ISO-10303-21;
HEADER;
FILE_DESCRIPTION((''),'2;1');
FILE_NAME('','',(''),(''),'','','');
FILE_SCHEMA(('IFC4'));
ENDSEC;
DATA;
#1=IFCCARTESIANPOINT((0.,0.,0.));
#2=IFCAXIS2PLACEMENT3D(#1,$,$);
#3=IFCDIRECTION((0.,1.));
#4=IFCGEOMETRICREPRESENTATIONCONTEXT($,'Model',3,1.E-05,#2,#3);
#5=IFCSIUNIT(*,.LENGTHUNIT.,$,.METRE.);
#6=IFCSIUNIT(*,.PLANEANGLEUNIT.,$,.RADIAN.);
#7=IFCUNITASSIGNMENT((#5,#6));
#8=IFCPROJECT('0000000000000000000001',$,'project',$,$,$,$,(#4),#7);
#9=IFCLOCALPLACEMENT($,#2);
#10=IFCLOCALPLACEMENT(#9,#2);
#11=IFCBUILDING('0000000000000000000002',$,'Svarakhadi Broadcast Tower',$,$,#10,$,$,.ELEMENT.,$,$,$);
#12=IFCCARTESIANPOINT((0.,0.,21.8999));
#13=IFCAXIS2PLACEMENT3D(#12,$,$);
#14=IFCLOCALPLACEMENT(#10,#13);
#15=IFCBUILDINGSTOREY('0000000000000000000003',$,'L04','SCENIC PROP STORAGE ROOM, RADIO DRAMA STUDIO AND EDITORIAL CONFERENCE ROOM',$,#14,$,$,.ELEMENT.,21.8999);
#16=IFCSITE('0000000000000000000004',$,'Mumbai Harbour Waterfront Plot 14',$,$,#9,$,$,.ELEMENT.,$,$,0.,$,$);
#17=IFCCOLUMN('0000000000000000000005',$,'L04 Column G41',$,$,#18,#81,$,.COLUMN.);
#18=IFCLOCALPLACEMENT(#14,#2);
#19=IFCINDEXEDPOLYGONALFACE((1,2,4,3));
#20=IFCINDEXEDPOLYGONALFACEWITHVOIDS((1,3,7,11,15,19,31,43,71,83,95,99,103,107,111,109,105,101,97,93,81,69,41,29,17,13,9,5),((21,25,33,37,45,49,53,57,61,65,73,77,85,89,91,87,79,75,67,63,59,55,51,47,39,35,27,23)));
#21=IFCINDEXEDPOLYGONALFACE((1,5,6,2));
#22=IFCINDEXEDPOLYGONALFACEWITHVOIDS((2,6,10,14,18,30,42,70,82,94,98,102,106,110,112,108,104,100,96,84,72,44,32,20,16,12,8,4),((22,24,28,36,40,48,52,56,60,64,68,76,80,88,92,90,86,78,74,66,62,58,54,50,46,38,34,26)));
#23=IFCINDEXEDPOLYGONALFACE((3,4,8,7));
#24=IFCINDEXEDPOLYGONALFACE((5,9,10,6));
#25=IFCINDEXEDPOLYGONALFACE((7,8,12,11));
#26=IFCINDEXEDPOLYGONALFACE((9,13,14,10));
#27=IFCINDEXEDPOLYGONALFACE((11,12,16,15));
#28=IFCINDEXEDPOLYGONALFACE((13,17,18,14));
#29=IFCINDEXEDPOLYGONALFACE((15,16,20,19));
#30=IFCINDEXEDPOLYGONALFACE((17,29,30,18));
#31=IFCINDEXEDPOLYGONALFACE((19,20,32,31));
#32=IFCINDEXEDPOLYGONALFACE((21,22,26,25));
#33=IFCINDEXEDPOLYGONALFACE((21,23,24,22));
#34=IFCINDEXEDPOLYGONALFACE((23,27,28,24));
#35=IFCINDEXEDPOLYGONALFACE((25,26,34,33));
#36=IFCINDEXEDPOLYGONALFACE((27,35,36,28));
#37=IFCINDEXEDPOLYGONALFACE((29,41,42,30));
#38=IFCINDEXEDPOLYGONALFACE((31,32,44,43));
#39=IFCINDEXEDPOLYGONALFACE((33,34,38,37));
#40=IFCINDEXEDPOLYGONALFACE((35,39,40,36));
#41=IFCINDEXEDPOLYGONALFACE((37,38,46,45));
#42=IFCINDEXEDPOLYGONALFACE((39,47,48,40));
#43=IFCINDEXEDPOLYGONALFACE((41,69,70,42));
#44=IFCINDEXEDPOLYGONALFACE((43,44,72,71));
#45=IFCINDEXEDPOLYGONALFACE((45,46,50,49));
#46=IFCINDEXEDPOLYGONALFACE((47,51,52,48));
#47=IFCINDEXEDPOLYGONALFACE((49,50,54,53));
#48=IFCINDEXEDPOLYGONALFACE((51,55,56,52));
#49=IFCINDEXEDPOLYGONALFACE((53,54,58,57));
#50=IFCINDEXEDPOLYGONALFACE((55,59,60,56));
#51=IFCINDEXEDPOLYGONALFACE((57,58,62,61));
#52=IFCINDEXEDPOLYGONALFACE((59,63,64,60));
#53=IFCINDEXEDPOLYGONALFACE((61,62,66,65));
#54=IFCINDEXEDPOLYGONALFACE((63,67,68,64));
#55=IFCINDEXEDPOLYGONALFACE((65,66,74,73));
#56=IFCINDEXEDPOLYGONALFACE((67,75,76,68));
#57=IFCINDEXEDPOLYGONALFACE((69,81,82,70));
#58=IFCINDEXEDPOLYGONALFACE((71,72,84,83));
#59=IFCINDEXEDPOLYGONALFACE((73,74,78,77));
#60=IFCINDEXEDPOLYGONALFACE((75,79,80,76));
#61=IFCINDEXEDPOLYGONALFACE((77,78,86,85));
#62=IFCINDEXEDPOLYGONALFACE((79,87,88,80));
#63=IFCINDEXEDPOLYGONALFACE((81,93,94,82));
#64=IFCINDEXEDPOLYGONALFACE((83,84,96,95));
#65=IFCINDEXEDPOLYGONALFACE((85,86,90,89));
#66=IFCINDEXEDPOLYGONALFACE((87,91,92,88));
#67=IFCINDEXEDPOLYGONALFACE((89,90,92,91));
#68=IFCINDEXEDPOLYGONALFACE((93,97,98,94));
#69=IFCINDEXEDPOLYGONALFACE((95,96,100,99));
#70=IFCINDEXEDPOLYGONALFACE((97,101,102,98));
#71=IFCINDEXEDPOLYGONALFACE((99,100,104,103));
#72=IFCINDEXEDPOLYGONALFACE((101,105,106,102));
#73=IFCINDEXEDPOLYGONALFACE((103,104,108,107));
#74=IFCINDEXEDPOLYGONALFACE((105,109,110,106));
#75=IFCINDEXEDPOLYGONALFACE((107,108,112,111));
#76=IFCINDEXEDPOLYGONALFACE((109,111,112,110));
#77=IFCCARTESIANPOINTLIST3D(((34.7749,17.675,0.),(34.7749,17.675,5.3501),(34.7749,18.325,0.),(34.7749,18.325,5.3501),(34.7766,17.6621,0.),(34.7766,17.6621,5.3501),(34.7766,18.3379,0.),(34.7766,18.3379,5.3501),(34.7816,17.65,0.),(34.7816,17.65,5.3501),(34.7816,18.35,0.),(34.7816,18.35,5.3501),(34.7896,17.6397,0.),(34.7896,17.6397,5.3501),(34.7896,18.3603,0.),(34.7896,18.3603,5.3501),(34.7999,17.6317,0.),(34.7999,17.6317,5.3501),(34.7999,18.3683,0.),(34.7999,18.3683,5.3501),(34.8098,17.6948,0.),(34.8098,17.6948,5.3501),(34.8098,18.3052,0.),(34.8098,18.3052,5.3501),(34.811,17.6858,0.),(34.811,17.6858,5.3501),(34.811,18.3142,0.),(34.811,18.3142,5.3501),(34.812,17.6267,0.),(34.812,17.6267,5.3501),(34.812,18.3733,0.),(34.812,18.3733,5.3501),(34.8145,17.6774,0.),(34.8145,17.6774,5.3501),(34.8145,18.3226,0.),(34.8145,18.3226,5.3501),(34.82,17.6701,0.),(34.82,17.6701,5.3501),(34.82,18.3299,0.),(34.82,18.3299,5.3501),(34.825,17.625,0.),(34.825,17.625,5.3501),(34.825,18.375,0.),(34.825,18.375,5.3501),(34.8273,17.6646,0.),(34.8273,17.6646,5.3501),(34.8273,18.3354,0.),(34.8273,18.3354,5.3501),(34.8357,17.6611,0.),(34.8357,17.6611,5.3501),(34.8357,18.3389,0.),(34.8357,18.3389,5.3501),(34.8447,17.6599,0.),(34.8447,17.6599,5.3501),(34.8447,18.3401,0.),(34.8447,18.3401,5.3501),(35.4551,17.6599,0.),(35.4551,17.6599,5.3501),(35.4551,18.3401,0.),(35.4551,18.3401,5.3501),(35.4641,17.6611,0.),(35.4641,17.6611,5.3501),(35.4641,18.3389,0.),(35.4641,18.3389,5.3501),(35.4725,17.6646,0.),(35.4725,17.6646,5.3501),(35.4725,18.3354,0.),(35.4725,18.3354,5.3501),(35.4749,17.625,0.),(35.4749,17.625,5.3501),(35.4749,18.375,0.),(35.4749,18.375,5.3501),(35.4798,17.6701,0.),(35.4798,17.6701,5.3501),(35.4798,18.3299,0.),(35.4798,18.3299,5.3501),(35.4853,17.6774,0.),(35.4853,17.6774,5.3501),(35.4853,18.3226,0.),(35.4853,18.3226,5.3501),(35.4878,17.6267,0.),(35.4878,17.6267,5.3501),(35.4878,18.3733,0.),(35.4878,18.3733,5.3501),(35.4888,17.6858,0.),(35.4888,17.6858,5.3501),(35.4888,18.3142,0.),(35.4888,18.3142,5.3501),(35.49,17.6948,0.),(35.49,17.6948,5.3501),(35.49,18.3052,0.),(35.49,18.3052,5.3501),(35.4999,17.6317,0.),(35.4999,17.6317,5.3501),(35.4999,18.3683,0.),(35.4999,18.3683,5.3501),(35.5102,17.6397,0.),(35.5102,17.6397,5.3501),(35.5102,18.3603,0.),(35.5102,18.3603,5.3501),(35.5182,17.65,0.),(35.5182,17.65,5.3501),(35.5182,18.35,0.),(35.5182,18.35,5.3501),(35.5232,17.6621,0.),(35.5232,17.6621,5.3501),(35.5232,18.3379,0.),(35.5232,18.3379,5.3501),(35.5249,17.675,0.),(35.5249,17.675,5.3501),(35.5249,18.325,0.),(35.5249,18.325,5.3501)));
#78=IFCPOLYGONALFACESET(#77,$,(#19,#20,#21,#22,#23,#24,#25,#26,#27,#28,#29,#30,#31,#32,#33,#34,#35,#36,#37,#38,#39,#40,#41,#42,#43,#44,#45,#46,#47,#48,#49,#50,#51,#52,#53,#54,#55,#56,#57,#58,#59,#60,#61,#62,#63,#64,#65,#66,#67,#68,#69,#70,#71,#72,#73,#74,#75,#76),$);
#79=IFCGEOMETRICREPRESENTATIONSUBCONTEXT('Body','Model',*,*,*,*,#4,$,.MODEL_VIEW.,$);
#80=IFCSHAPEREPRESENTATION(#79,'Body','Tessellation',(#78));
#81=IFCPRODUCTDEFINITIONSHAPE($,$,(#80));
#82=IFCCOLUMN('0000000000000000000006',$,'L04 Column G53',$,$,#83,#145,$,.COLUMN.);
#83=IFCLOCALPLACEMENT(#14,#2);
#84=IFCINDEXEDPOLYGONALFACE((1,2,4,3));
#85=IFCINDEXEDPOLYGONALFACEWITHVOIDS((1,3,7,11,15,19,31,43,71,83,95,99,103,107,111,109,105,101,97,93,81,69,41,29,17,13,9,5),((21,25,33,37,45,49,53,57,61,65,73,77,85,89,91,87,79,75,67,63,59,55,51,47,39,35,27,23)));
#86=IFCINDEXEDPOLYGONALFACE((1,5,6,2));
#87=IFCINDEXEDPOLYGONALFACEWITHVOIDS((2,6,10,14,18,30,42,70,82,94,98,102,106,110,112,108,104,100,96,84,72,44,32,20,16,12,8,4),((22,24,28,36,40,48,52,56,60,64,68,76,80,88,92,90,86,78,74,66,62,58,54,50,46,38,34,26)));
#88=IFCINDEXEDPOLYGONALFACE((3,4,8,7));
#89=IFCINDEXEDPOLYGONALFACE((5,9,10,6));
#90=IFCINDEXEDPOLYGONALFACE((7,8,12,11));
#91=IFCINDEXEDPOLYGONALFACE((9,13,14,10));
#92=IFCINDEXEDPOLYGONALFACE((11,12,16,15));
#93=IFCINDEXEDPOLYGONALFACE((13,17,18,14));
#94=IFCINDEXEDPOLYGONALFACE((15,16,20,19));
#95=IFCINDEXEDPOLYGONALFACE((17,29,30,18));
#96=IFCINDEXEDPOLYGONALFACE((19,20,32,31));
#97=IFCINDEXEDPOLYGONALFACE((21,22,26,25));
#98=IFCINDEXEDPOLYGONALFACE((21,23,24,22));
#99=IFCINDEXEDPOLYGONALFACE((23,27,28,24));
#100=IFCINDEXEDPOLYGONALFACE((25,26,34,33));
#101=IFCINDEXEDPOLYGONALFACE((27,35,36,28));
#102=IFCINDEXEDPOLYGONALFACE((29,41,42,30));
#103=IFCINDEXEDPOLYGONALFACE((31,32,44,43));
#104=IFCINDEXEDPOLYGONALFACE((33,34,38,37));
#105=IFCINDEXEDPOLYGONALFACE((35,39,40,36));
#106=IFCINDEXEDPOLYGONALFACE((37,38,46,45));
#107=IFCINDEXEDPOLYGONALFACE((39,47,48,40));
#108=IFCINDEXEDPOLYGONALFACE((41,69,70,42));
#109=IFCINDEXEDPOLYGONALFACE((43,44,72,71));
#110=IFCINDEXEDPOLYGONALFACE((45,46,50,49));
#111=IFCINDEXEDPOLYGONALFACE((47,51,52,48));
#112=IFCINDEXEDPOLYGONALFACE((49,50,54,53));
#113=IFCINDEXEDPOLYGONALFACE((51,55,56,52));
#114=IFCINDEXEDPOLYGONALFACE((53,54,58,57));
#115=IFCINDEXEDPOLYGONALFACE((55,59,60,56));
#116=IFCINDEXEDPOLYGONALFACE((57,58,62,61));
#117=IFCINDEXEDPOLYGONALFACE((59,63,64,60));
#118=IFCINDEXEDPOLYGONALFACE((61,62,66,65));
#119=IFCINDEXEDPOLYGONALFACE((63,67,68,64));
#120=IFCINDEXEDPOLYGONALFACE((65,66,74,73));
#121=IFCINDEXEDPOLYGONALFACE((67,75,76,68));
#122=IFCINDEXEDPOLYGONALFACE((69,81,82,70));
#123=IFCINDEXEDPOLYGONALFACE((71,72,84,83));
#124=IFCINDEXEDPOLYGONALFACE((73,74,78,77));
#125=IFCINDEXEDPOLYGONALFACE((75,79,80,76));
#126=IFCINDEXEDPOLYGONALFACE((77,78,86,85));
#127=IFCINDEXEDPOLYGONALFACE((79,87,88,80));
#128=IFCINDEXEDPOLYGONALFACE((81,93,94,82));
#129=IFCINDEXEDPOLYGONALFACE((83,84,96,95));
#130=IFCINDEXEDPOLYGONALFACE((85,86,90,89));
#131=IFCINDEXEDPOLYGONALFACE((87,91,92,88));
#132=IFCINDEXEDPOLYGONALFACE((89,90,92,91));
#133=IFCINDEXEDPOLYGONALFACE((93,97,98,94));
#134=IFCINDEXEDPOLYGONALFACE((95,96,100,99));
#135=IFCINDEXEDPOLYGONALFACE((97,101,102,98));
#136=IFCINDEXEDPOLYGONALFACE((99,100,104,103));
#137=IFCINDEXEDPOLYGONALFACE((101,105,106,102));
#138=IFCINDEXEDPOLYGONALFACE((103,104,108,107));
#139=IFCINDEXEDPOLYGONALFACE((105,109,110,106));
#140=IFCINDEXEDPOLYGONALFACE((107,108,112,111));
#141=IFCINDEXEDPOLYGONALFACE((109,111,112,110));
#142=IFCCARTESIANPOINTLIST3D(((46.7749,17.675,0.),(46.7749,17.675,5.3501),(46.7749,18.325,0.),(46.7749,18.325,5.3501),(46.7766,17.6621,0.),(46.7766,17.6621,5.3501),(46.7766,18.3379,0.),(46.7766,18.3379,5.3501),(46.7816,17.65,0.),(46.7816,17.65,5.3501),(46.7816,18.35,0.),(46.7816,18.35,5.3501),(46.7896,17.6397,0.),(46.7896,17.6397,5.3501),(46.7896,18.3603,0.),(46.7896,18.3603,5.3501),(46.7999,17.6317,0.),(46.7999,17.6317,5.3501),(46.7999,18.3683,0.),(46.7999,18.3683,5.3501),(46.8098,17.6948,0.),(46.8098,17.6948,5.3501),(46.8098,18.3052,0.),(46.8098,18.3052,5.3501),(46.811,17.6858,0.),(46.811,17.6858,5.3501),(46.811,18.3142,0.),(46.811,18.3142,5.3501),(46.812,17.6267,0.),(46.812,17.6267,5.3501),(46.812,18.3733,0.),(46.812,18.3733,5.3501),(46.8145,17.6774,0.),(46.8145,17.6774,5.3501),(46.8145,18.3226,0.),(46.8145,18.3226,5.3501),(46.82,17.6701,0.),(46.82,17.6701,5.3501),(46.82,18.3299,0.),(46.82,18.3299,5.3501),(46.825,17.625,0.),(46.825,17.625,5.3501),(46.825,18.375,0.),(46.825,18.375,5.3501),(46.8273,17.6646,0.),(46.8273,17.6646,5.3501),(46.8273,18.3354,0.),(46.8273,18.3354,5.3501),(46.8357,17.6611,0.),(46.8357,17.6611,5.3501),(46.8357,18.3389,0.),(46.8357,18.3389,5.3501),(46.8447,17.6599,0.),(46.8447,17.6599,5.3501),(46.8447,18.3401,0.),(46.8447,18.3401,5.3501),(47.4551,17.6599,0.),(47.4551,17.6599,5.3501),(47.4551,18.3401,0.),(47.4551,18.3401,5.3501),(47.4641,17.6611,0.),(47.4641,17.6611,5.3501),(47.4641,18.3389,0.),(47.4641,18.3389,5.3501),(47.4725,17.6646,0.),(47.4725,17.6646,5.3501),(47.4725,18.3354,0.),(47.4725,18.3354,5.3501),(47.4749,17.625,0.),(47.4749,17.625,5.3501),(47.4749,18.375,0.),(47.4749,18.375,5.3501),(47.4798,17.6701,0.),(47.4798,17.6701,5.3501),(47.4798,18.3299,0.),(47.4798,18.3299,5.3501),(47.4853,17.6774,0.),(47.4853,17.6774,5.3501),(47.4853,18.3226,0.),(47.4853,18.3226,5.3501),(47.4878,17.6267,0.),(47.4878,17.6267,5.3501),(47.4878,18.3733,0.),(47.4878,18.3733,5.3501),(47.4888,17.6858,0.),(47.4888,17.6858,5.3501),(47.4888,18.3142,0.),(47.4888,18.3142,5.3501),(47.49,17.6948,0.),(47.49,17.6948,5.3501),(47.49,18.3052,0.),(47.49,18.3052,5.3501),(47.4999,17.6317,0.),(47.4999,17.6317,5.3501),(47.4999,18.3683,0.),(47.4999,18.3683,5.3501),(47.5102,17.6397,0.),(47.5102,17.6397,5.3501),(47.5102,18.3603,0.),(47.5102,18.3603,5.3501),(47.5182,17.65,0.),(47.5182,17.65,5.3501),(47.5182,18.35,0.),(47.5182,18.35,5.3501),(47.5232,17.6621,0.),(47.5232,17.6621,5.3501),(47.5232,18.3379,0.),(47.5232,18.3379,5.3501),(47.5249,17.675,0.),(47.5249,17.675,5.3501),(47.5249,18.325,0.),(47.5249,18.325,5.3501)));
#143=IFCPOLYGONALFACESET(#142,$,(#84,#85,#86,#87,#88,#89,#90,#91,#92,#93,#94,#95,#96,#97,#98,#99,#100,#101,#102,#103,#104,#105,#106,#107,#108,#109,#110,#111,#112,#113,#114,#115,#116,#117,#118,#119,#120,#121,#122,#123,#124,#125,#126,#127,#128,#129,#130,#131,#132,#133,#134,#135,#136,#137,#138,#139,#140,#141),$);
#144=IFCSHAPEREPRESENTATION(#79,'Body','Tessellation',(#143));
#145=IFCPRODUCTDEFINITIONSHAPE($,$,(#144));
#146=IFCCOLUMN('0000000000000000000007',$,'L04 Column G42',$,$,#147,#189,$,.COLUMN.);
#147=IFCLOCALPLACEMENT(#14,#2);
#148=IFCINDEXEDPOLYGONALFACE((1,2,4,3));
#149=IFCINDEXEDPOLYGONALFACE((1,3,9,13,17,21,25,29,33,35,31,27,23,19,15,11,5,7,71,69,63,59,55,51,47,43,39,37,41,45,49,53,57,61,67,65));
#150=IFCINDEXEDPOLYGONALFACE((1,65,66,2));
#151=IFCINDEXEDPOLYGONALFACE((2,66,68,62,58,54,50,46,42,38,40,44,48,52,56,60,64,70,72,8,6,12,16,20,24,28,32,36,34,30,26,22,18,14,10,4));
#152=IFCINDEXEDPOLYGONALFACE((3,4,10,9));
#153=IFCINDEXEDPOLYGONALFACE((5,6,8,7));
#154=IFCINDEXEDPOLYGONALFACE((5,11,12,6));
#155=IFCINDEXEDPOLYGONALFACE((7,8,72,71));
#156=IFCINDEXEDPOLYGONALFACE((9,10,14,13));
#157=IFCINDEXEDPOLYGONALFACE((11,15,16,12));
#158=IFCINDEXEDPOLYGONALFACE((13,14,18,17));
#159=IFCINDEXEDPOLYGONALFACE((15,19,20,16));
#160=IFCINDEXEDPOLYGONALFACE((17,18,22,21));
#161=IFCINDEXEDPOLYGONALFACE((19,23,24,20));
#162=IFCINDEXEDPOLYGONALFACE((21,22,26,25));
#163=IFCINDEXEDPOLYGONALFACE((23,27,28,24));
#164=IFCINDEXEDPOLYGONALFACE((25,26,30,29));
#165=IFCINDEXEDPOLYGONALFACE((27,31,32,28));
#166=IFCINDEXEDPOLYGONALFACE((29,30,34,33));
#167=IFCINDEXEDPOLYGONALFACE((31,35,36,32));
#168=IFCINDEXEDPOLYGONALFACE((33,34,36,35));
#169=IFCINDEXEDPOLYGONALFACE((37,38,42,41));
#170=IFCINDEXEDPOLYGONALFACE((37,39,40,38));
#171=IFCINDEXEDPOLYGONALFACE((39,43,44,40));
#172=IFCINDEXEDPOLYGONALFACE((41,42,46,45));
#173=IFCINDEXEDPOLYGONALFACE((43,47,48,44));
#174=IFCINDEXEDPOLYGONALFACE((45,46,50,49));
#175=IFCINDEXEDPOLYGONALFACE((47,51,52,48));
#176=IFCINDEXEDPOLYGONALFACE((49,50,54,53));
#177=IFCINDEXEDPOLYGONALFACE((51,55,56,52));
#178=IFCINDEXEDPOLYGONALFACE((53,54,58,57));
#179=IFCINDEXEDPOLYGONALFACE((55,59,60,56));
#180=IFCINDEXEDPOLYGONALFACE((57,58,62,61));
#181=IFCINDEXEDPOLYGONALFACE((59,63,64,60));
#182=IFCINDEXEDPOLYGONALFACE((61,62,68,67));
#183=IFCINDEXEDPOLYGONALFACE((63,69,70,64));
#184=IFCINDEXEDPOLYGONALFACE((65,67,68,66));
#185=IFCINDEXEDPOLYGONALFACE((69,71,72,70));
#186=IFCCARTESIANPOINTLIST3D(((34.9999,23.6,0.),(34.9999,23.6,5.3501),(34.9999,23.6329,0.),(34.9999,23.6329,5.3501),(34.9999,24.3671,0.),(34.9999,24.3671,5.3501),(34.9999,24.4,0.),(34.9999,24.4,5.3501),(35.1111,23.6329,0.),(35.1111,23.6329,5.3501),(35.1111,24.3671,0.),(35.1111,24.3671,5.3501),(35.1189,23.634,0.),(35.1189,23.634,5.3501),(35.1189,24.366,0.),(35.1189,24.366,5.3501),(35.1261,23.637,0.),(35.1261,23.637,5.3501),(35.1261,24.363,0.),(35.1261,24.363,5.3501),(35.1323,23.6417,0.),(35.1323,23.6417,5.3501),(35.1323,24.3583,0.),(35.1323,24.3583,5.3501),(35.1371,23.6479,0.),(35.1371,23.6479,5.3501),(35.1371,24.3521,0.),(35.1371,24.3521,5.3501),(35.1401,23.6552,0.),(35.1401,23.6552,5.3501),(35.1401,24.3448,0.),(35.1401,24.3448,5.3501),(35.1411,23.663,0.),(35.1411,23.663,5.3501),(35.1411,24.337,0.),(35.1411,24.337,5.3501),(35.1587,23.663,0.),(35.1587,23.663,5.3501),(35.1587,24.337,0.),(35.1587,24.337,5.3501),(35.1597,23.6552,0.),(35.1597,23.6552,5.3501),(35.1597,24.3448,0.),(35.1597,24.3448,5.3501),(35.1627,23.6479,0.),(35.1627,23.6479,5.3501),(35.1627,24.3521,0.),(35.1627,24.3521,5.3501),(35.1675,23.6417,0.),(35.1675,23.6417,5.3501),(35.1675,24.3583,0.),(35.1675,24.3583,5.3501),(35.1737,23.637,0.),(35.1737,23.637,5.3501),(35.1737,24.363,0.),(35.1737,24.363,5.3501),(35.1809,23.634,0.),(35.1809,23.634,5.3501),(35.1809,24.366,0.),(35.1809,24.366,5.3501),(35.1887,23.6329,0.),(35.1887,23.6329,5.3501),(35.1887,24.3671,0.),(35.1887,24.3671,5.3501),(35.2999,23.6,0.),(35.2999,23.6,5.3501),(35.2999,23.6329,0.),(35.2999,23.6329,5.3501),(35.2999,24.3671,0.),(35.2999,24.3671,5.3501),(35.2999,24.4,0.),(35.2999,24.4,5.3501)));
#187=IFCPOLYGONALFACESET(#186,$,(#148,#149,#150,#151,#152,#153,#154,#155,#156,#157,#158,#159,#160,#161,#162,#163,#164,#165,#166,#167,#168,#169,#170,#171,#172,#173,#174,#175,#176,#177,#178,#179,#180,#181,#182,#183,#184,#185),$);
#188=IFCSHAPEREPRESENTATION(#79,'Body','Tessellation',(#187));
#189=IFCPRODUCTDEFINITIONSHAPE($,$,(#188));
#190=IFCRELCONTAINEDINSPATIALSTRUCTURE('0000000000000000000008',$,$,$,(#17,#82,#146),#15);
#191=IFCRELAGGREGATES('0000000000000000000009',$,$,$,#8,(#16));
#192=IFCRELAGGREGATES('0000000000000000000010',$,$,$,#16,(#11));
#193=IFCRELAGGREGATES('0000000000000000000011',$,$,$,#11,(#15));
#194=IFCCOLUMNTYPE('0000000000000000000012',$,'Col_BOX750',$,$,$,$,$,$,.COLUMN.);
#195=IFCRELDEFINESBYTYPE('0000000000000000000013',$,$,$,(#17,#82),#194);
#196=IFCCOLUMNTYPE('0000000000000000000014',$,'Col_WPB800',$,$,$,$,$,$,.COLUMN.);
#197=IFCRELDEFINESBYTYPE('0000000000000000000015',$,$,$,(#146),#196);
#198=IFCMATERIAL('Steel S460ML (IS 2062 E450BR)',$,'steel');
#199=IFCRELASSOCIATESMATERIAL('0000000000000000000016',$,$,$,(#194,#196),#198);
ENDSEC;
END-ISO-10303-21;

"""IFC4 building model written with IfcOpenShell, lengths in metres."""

from ifc_helpers import new_model, si_unit, direction, frame, origin, origin_2d, place, context, subcontext, project, spatial, hollow_rectangle, i_section, extrude, material, material_profile, profile_set, type_object, element, save


model = new_model("IFC4")

# Units and contexts
model_context = context("Model", 3, precision=1e-05, world=origin(), true_north=direction((0.0, 1.0)))
body_context = subcontext(model_context, "Body", "Model", "MODEL_VIEW")
ifc_project = project(units=[si_unit("LENGTHUNIT", "METRE"), si_unit("PLANEANGLEUNIT", "RADIAN")], contexts=[model_context])

# Site, building, storey
site_placement = place(None, origin())
site = spatial("IfcSite", under=ifc_project, at=site_placement, Name="Mumbai Harbour Waterfront Plot 14", CompositionType="ELEMENT", RefElevation=0.0)
building_placement = place(site_placement, origin())
building = spatial("IfcBuilding", under=site, at=building_placement, Name="Svarakhadi Broadcast Tower", CompositionType="ELEMENT")
storey_placement = place(building_placement, frame((0.0, 0.0, 21.8999)))
storey = spatial("IfcBuildingStorey", under=building, at=storey_placement, Name="L04", Description="SCENIC PROP STORAGE ROOM, RADIO DRAMA STUDIO AND EDITORIAL CONFERENCE ROOM", CompositionType="ELEMENT", Elevation=21.8999)

# Columns
ifc_material_1 = material(Name="Steel S460ML (IS 2062 E450BR)", Category="steel")
ifc_material_profile_1 = material_profile(ifc_material_1, hollow_rectangle(XDim=0.75, YDim=0.75, WallThickness=0.0349, InnerFilletRadius=0.0349, OuterFilletRadius=0.05, at=origin_2d()), Name="BOX 750x750x35")
ifc_profile_set_1 = profile_set([ifc_material_profile_1], Name="Steel S460ML (IS 2062 E450BR)")
column_type_1 = type_object("IfcColumnType", Name="Col_BOX750", PredefinedType="COLUMN", material=ifc_profile_set_1)
for number, where, z_axis, x_axis, name in (
    (1, (35.1499, 18.0, 0.0), (0.0, 0.0, 1.0), (1.0, 0.0, 0.0), "L04 Column G41"),
    (2, (47.1499, 18.0, 0.0), (0.0, 0.0, 1.0), (1.0, 0.0, 0.0), "L04 Column G53"),
):
    element("IfcColumn", number, at=place(storey_placement, frame(where, z_axis=z_axis, x_axis=x_axis)), inside=storey, type_object=column_type_1, Name=name, PredefinedType="COLUMN", context=body_context, shape_type="SweptSolid", body=[
        extrude(hollow_rectangle(XDim=0.75, YDim=0.75, WallThickness=0.0349, InnerFilletRadius=0.0349, OuterFilletRadius=0.05, at=origin_2d()), origin(), (0.0, 0.0, 1.0), 5.3501),
    ])
ifc_material_profile_2 = material_profile(ifc_material_1, i_section(OverallWidth=0.3, OverallDepth=0.8, WebThickness=0.0176, FlangeThickness=0.033, FilletRadius=0.03, at=origin_2d()), Name="WPB 800x300x262")
ifc_profile_set_2 = profile_set([ifc_material_profile_2], Name="Steel S460ML (IS 2062 E450BR)")
column_type_2 = type_object("IfcColumnType", Name="Col_WPB800", PredefinedType="COLUMN", material=ifc_profile_set_2)
for number, where, z_axis, x_axis, name in (
    (3, (35.1499, 24.0, 0.0), (0.0, 0.0, 1.0), (1.0, 0.0, 0.0), "L04 Column G42"),
):
    element("IfcColumn", number, at=place(storey_placement, frame(where, z_axis=z_axis, x_axis=x_axis)), inside=storey, type_object=column_type_2, Name=name, PredefinedType="COLUMN", context=body_context, shape_type="SweptSolid", body=[
        extrude(i_section(OverallWidth=0.3, OverallDepth=0.8, WebThickness=0.0176, FlangeThickness=0.033, FilletRadius=0.03, at=origin_2d()), origin(), (0.0, 0.0, 1.0), 5.3501),
    ])

save(model, "model.ifc")
